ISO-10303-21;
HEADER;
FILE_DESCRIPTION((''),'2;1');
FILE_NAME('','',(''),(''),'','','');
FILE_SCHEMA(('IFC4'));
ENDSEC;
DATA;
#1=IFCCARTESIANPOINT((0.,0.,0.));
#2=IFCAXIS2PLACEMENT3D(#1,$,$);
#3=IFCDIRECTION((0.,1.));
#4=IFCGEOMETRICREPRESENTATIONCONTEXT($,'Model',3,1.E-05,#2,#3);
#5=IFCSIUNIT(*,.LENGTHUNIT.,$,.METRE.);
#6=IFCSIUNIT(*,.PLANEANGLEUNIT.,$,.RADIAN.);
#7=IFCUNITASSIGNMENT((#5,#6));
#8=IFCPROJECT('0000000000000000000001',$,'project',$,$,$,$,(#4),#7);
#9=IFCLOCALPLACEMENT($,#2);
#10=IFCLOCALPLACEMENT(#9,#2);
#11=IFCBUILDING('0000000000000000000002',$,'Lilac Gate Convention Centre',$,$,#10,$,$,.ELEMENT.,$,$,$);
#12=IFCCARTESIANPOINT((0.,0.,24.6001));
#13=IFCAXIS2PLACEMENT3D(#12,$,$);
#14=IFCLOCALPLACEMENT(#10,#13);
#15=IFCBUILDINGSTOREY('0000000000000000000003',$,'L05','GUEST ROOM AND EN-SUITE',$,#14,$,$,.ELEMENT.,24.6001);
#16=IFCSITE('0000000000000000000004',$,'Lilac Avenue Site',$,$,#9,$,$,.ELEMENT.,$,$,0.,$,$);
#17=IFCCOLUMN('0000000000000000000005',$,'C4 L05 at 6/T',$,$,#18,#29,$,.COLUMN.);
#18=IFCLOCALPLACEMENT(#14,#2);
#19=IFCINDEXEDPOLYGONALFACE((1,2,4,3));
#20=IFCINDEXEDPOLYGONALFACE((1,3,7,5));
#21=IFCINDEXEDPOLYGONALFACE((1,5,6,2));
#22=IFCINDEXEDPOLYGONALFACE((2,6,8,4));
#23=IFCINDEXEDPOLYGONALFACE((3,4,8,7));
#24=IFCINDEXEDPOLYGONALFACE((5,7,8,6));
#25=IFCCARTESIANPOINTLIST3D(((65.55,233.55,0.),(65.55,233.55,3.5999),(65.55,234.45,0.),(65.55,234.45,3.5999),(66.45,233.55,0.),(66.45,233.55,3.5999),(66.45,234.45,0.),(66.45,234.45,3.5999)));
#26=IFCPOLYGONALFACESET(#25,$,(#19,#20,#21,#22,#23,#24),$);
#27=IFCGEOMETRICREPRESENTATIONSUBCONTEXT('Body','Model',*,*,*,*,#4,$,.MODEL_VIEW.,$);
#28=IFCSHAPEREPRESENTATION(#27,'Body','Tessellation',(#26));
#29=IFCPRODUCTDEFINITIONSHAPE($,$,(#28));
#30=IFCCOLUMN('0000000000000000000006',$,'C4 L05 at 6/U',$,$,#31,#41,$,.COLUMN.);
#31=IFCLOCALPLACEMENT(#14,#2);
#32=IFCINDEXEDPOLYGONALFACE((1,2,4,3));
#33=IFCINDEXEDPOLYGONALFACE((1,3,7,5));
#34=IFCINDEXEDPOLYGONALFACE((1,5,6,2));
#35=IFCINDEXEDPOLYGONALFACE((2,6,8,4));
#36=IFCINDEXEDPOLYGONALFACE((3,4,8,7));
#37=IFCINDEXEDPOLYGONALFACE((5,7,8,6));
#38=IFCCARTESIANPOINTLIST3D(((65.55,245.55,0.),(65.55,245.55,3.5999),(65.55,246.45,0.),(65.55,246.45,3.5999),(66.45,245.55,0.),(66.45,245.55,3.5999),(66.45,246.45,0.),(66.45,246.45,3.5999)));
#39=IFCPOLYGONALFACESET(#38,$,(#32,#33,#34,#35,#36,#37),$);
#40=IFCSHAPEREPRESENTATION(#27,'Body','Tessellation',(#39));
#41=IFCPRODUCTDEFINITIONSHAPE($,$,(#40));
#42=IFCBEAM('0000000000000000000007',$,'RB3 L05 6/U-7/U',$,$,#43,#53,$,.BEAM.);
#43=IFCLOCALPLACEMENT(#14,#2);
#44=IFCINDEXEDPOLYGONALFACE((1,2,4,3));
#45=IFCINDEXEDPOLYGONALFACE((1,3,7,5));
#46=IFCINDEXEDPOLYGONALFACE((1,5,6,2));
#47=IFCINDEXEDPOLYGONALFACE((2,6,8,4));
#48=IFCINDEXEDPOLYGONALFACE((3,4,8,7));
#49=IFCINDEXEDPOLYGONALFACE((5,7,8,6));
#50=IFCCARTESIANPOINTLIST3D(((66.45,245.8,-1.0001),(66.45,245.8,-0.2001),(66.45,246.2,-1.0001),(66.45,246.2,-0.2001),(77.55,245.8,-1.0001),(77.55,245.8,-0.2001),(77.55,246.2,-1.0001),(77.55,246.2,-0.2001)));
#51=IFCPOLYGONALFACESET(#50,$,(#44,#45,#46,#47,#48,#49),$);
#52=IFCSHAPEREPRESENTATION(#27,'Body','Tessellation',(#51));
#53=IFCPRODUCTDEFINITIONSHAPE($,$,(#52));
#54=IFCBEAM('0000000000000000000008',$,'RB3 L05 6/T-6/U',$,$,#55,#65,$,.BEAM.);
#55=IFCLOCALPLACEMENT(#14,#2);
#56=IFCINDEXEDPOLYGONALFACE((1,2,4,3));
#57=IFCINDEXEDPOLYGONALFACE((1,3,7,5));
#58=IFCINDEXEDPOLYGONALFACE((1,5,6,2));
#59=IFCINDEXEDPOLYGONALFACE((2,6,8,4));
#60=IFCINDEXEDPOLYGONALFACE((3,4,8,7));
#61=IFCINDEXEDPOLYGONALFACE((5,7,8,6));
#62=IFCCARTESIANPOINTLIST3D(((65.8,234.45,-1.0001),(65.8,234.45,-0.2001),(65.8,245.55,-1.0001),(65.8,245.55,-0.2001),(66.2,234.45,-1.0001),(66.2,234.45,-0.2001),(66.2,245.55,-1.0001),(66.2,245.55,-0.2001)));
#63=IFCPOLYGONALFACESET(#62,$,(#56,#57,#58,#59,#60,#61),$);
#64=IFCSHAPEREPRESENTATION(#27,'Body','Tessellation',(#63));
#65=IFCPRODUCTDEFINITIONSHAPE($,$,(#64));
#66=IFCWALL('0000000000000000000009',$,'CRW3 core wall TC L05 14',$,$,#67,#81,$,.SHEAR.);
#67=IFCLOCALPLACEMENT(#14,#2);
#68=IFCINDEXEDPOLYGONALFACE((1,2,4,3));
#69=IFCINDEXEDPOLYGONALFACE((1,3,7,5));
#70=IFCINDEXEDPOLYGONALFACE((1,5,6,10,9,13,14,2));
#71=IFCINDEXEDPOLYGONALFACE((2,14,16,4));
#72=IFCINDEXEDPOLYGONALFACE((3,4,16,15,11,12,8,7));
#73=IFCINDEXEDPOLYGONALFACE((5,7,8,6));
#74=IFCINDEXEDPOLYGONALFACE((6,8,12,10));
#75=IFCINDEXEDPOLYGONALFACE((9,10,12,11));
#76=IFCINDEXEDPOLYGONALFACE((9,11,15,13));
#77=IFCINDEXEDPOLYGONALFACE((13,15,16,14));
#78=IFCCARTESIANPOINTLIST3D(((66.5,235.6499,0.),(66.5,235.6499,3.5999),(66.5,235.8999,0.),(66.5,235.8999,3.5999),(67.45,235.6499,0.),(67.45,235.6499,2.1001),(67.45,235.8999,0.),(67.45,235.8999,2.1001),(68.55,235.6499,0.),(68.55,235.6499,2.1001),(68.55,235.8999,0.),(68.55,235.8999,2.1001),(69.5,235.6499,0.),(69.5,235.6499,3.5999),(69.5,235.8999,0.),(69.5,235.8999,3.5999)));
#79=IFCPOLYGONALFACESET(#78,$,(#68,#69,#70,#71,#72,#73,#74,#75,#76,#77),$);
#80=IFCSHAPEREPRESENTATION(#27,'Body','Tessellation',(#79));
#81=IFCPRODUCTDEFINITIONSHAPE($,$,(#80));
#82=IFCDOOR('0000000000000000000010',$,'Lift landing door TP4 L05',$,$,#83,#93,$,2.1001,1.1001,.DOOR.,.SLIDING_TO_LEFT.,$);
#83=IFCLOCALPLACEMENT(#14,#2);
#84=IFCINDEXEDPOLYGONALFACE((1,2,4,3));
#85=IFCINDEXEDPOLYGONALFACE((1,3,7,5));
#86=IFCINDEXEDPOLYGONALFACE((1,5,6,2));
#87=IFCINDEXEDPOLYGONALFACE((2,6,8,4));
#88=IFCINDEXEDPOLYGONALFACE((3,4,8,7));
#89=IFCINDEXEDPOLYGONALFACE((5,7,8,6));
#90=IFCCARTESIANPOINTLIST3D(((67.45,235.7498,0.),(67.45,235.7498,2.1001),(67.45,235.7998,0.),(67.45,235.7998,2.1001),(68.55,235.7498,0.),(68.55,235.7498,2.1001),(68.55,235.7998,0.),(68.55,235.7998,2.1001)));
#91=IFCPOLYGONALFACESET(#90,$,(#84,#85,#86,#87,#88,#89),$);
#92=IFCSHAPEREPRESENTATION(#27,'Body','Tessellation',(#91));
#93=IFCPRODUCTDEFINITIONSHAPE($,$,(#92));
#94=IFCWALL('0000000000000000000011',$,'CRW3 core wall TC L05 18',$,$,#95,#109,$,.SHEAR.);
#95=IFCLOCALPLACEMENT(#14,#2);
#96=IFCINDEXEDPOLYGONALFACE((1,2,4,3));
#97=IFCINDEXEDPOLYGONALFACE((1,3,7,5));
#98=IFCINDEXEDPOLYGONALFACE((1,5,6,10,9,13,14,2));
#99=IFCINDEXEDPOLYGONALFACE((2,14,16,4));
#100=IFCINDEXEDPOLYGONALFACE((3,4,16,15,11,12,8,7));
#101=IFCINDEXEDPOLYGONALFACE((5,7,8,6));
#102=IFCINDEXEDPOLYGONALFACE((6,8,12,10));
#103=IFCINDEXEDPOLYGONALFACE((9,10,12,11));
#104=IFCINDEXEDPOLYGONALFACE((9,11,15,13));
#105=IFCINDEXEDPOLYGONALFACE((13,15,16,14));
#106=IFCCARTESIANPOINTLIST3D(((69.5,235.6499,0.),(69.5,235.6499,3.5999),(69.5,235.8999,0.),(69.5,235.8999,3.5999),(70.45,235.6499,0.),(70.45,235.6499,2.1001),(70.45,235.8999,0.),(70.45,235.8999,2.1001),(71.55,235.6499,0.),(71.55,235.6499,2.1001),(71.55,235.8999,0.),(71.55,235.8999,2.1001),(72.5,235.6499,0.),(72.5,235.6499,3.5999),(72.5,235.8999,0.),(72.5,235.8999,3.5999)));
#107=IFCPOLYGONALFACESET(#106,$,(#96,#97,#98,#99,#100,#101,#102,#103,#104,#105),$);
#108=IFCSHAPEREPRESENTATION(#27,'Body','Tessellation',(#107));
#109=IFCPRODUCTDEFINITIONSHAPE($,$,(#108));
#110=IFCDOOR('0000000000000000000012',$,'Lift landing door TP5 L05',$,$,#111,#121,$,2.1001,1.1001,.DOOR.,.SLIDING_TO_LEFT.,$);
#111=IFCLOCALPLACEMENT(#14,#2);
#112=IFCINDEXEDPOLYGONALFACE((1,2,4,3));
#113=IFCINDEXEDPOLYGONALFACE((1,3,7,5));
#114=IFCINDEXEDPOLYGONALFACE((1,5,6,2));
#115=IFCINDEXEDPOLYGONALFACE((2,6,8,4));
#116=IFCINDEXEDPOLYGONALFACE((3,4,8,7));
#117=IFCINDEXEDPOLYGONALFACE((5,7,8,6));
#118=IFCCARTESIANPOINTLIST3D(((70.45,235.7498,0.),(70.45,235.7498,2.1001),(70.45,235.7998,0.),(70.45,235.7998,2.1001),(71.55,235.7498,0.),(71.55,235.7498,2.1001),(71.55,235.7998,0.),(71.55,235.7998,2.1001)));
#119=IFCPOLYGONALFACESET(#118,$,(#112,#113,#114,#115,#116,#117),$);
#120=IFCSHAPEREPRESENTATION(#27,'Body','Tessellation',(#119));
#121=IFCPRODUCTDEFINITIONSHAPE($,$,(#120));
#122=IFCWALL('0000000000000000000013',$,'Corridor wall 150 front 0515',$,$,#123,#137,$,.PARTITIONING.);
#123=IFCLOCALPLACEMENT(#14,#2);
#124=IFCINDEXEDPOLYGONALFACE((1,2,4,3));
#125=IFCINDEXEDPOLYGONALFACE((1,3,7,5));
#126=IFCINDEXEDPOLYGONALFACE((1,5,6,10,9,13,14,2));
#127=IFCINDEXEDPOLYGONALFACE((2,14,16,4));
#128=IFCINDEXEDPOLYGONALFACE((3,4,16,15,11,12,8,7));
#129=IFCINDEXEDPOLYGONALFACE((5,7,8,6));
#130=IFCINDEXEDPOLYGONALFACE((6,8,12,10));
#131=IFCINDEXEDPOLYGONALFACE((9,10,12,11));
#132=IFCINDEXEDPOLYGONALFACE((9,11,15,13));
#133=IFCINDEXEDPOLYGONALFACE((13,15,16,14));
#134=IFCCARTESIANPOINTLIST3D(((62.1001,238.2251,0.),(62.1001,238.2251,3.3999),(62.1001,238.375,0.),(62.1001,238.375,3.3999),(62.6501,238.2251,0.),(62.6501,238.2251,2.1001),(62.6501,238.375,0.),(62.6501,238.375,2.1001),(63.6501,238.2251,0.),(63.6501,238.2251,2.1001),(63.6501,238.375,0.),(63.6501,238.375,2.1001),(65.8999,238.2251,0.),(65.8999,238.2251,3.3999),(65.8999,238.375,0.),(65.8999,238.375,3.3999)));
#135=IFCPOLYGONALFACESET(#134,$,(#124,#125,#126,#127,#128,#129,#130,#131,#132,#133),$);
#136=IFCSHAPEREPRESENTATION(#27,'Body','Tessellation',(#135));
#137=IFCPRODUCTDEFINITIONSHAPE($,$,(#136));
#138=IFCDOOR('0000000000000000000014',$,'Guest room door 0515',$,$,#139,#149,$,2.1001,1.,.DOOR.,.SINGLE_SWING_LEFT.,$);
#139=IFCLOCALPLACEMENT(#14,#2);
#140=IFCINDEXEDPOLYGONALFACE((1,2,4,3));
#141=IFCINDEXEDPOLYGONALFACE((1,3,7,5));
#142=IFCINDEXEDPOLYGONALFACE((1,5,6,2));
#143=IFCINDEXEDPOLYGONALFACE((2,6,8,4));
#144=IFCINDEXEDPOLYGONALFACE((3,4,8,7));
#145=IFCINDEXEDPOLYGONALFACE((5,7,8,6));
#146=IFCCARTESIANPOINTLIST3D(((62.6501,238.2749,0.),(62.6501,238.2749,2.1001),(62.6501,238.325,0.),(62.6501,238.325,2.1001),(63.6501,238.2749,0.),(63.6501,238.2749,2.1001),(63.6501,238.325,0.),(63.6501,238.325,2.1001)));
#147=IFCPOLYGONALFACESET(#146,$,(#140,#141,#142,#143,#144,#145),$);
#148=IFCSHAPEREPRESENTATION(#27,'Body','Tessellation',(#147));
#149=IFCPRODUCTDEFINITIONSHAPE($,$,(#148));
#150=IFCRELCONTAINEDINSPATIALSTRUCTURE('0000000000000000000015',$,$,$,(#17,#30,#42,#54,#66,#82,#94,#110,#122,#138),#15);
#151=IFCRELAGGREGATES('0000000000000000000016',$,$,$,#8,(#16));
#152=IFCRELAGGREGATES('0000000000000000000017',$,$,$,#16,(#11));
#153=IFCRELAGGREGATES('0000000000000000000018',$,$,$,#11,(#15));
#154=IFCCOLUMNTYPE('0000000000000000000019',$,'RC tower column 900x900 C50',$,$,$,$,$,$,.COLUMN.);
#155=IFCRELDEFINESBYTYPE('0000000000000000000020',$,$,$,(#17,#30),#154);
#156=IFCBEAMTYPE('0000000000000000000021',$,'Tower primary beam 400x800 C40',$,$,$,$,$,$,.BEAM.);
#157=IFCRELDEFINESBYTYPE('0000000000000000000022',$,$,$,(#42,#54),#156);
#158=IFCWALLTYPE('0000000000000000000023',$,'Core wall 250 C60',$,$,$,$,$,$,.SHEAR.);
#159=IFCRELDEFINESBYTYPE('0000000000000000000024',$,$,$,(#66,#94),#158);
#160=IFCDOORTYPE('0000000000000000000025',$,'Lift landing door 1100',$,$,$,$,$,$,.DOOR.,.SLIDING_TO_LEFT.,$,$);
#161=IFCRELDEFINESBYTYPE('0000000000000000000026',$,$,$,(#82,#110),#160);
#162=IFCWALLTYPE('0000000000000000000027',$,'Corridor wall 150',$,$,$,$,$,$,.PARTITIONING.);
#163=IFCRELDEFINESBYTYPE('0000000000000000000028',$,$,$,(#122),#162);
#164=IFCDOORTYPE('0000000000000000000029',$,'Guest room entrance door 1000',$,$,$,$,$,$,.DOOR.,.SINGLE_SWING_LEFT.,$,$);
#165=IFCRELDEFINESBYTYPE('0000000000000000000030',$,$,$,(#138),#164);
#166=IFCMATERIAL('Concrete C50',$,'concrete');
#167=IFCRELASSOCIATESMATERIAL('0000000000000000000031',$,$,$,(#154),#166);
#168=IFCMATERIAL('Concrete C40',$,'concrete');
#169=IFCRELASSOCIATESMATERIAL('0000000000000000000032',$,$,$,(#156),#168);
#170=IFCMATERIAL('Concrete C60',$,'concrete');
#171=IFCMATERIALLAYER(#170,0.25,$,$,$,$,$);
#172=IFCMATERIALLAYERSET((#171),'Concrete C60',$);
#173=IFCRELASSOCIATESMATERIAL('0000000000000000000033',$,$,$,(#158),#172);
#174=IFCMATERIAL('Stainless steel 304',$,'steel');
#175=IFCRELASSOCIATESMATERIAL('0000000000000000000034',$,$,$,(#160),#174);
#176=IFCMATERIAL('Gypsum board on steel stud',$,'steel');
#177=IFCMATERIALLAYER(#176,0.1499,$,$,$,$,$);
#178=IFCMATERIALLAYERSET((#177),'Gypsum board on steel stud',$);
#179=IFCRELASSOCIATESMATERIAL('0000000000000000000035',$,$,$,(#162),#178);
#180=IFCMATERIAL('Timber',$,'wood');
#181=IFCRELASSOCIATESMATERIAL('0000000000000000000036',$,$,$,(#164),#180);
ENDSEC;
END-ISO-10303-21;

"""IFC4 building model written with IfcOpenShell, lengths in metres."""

from ifc_helpers import new_model, si_unit, direction, frame, frame_2d, origin, origin_2d, place, context, subcontext, project, spatial, rectangle, extrude, material, layer, layer_set, material_profile, profile_set, type_object, element, fill, save


model = new_model("IFC4")

# Units and contexts
model_context = context("Model", 3, precision=1e-05, world=origin(), true_north=direction((0.0, 1.0)))
body_context = subcontext(model_context, "Body", "Model", "MODEL_VIEW")
ifc_project = project(units=[si_unit("LENGTHUNIT", "METRE"), si_unit("PLANEANGLEUNIT", "RADIAN")], contexts=[model_context])

# Site, building, storey
site_placement = place(None, origin())
site = spatial("IfcSite", under=ifc_project, at=site_placement, Name="Lilac Avenue Site", CompositionType="ELEMENT", RefElevation=0.0)
building_placement = place(site_placement, origin())
building = spatial("IfcBuilding", under=site, at=building_placement, Name="Lilac Gate Convention Centre", CompositionType="ELEMENT")
storey_placement = place(building_placement, frame((0.0, 0.0, 24.6001)))
storey = spatial("IfcBuildingStorey", under=building, at=storey_placement, Name="L05", Description="GUEST ROOM AND EN-SUITE", CompositionType="ELEMENT", Elevation=24.6001)

# Columns
ifc_material_1 = material(Name="Concrete C50", Category="concrete")
ifc_material_profile_1 = material_profile(ifc_material_1, rectangle(XDim=0.8999, YDim=0.8999, at=origin_2d()), Name="RC 900x900")
ifc_profile_set_1 = profile_set([ifc_material_profile_1], Name="Concrete C50")
column_type = type_object("IfcColumnType", Name="RC tower column 900x900 C50", PredefinedType="COLUMN", material=ifc_profile_set_1)
for number, where, z_axis, x_axis, name in (
    (1, (66.0, 234.0, 0.0), (0.0, 0.0, 1.0), (1.0, 0.0, 0.0), "C4 L05 at 6/T"),
    (2, (66.0, 246.0, 0.0), (0.0, 0.0, 1.0), (1.0, 0.0, 0.0), "C4 L05 at 6/U"),
):
    element("IfcColumn", number, at=place(storey_placement, frame(where, z_axis=z_axis, x_axis=x_axis)), inside=storey, type_object=column_type, Name=name, PredefinedType="COLUMN", context=body_context, shape_type="SweptSolid", body=[
        extrude(rectangle(XDim=0.8999, YDim=0.8999, at=origin_2d()), origin(), (0.0, 0.0, 1.0), 3.5999),
    ])

# Beams
ifc_material_2 = material(Name="Concrete C40", Category="concrete")
ifc_material_profile_2 = material_profile(ifc_material_2, rectangle(XDim=0.3999, YDim=0.8, at=origin_2d()), Name="RC 400x800")
ifc_profile_set_2 = profile_set([ifc_material_profile_2], Name="Concrete C40")
beam_type = type_object("IfcBeamType", Name="Tower primary beam 400x800 C40", PredefinedType="BEAM", material=ifc_profile_set_2)
for number, where, z_axis, x_axis, name in (
    (3, (66.45, 246.0, -0.6001), (1.0, 0.0, 0.0), (0.0, 1.0, 0.0), "RB3 L05 6/U-7/U"),
    (4, (66.0, 234.45, -0.6001), (0.0, 1.0, 0.0), (-1.0, 0.0, 0.0), "RB3 L05 6/T-6/U"),
):
    element("IfcBeam", number, at=place(storey_placement, frame(where, z_axis=z_axis, x_axis=x_axis)), inside=storey, type_object=beam_type, Name=name, PredefinedType="BEAM", context=body_context, shape_type="SweptSolid", body=[
        extrude(rectangle(XDim=0.3999, YDim=0.8, at=origin_2d()), origin(), (0.0, 0.0, 1.0), 11.1001),
    ])

# Walls, openings, doors
ifc_material_3 = material(Name="Concrete C60", Category="concrete")
ifc_layer_1 = layer(ifc_material_3, 0.25)
ifc_layer_set_1 = layer_set([ifc_layer_1], Name="Concrete C60")
wall_type_1 = type_object("IfcWallType", Name="Core wall 250 C60", PredefinedType="SHEAR", material=ifc_layer_set_1)
wall_1_placement = place(storey_placement, frame((66.5, 235.7749, 0.0), z_axis=(0.0, 0.0, 1.0), x_axis=(1.0, 0.0, 0.0)))
wall_1 = element("IfcWall", 5, at=wall_1_placement, inside=storey, type_object=wall_type_1, Name="CRW3 core wall TC L05 14", PredefinedType="SHEAR", context=body_context, shape_type="SweptSolid", body=[
    extrude(rectangle(XDim=3.0, YDim=0.25, at=frame_2d((1.5, 0.0))), origin(), (0.0, 0.0, 1.0), 3.5999),
])
opening_1_placement = place(wall_1_placement, frame((0.95, 0.0, 0.0)))
opening_1 = element("IfcOpeningElement", 6, at=opening_1_placement, cuts=wall_1, PredefinedType="OPENING", context=body_context, shape_type="SweptSolid", body=[
    extrude(rectangle(XDim=1.1001, YDim=2.1001, at=frame_2d((0.55, 1.05))), frame((0.0, 0.135, 0.0), z_axis=(0.0, -1.0, 0.0), x_axis=(1.0, 0.0, 0.0)), (0.0, 0.0, 1.0), 0.27),
])
ifc_material_4 = material(Name="Stainless steel 304", Category="steel")
door_type_1 = type_object("IfcDoorType", Name="Lift landing door 1100", OperationType="SLIDING_TO_LEFT", PredefinedType="DOOR", material=ifc_material_4)
door_1_placement = place(opening_1_placement, origin())
door_1 = element("IfcDoor", 7, at=door_1_placement, inside=storey, type_object=door_type_1, Name="Lift landing door TP4 L05", OperationType="SLIDING_TO_LEFT", OverallHeight=2.1001, OverallWidth=1.1001, PredefinedType="DOOR", context=body_context, shape_type="SweptSolid", body=[
    extrude(rectangle(XDim=1.1001, YDim=2.1001, at=frame_2d((0.55, 1.05))), frame((0.0, 0.0249, 0.0), z_axis=(0.0, -1.0, 0.0), x_axis=(1.0, 0.0, 0.0)), (0.0, 0.0, 1.0), 0.05),
])
fill(opening_1, door_1)
wall_2_placement = place(storey_placement, frame((69.5, 235.7749, 0.0), z_axis=(0.0, 0.0, 1.0), x_axis=(1.0, 0.0, 0.0)))
wall_2 = element("IfcWall", 8, at=wall_2_placement, inside=storey, type_object=wall_type_1, Name="CRW3 core wall TC L05 18", PredefinedType="SHEAR", context=body_context, shape_type="SweptSolid", body=[
    extrude(rectangle(XDim=3.0, YDim=0.25, at=frame_2d((1.5, 0.0))), origin(), (0.0, 0.0, 1.0), 3.5999),
])
opening_2_placement = place(wall_2_placement, frame((0.95, 0.0, 0.0)))
opening_2 = element("IfcOpeningElement", 9, at=opening_2_placement, cuts=wall_2, PredefinedType="OPENING", context=body_context, shape_type="SweptSolid", body=[
    extrude(rectangle(XDim=1.1001, YDim=2.1001, at=frame_2d((0.55, 1.05))), frame((0.0, 0.135, 0.0), z_axis=(0.0, -1.0, 0.0), x_axis=(1.0, 0.0, 0.0)), (0.0, 0.0, 1.0), 0.27),
])
door_2_placement = place(opening_2_placement, origin())
door_2 = element("IfcDoor", 10, at=door_2_placement, inside=storey, type_object=door_type_1, Name="Lift landing door TP5 L05", OperationType="SLIDING_TO_LEFT", OverallHeight=2.1001, OverallWidth=1.1001, PredefinedType="DOOR", context=body_context, shape_type="SweptSolid", body=[
    extrude(rectangle(XDim=1.1001, YDim=2.1001, at=frame_2d((0.55, 1.05))), frame((0.0, 0.0249, 0.0), z_axis=(0.0, -1.0, 0.0), x_axis=(1.0, 0.0, 0.0)), (0.0, 0.0, 1.0), 0.05),
])
fill(opening_2, door_2)
ifc_material_5 = material(Name="Gypsum board on steel stud", Category="steel")
ifc_layer_2 = layer(ifc_material_5, 0.1499)
ifc_layer_set_2 = layer_set([ifc_layer_2], Name="Gypsum board on steel stud")
wall_type_2 = type_object("IfcWallType", Name="Corridor wall 150", PredefinedType="PARTITIONING", material=ifc_layer_set_2)
wall_3_placement = place(storey_placement, frame((62.1001, 238.3, 0.0), z_axis=(0.0, 0.0, 1.0), x_axis=(1.0, 0.0, 0.0)))
wall_3 = element("IfcWall", 11, at=wall_3_placement, inside=storey, type_object=wall_type_2, Name="Corridor wall 150 front 0515", PredefinedType="PARTITIONING", context=body_context, shape_type="SweptSolid", body=[
    extrude(rectangle(XDim=3.7998, YDim=0.1499, at=frame_2d((1.8999, 0.0))), origin(), (0.0, 0.0, 1.0), 3.3999),
])
opening_3_placement = place(wall_3_placement, frame((0.55, 0.0, 0.0)))
opening_3 = element("IfcOpeningElement", 12, at=opening_3_placement, cuts=wall_3, PredefinedType="OPENING", context=body_context, shape_type="SweptSolid", body=[
    extrude(rectangle(XDim=1.0, YDim=2.1001, at=frame_2d((0.5, 1.05))), frame((0.0, 0.085, 0.0), z_axis=(0.0, -1.0, 0.0), x_axis=(1.0, 0.0, 0.0)), (0.0, 0.0, 1.0), 0.1699),
])
ifc_material_6 = material(Name="Timber", Category="wood")
door_type_2 = type_object("IfcDoorType", Name="Guest room entrance door 1000", OperationType="SINGLE_SWING_LEFT", PredefinedType="DOOR", material=ifc_material_6)
door_3_placement = place(opening_3_placement, origin())
door_3 = element("IfcDoor", 13, at=door_3_placement, inside=storey, type_object=door_type_2, Name="Guest room door 0515", OperationType="SINGLE_SWING_LEFT", OverallHeight=2.1001, OverallWidth=1.0, PredefinedType="DOOR", context=body_context, shape_type="SweptSolid", body=[
    extrude(rectangle(XDim=1.0, YDim=2.1001, at=frame_2d((0.5, 1.05))), frame((0.0, 0.0249, 0.0), z_axis=(0.0, -1.0, 0.0), x_axis=(1.0, 0.0, 0.0)), (0.0, 0.0, 1.0), 0.05),
])
fill(opening_3, door_3)

save(model, "model.ifc")
